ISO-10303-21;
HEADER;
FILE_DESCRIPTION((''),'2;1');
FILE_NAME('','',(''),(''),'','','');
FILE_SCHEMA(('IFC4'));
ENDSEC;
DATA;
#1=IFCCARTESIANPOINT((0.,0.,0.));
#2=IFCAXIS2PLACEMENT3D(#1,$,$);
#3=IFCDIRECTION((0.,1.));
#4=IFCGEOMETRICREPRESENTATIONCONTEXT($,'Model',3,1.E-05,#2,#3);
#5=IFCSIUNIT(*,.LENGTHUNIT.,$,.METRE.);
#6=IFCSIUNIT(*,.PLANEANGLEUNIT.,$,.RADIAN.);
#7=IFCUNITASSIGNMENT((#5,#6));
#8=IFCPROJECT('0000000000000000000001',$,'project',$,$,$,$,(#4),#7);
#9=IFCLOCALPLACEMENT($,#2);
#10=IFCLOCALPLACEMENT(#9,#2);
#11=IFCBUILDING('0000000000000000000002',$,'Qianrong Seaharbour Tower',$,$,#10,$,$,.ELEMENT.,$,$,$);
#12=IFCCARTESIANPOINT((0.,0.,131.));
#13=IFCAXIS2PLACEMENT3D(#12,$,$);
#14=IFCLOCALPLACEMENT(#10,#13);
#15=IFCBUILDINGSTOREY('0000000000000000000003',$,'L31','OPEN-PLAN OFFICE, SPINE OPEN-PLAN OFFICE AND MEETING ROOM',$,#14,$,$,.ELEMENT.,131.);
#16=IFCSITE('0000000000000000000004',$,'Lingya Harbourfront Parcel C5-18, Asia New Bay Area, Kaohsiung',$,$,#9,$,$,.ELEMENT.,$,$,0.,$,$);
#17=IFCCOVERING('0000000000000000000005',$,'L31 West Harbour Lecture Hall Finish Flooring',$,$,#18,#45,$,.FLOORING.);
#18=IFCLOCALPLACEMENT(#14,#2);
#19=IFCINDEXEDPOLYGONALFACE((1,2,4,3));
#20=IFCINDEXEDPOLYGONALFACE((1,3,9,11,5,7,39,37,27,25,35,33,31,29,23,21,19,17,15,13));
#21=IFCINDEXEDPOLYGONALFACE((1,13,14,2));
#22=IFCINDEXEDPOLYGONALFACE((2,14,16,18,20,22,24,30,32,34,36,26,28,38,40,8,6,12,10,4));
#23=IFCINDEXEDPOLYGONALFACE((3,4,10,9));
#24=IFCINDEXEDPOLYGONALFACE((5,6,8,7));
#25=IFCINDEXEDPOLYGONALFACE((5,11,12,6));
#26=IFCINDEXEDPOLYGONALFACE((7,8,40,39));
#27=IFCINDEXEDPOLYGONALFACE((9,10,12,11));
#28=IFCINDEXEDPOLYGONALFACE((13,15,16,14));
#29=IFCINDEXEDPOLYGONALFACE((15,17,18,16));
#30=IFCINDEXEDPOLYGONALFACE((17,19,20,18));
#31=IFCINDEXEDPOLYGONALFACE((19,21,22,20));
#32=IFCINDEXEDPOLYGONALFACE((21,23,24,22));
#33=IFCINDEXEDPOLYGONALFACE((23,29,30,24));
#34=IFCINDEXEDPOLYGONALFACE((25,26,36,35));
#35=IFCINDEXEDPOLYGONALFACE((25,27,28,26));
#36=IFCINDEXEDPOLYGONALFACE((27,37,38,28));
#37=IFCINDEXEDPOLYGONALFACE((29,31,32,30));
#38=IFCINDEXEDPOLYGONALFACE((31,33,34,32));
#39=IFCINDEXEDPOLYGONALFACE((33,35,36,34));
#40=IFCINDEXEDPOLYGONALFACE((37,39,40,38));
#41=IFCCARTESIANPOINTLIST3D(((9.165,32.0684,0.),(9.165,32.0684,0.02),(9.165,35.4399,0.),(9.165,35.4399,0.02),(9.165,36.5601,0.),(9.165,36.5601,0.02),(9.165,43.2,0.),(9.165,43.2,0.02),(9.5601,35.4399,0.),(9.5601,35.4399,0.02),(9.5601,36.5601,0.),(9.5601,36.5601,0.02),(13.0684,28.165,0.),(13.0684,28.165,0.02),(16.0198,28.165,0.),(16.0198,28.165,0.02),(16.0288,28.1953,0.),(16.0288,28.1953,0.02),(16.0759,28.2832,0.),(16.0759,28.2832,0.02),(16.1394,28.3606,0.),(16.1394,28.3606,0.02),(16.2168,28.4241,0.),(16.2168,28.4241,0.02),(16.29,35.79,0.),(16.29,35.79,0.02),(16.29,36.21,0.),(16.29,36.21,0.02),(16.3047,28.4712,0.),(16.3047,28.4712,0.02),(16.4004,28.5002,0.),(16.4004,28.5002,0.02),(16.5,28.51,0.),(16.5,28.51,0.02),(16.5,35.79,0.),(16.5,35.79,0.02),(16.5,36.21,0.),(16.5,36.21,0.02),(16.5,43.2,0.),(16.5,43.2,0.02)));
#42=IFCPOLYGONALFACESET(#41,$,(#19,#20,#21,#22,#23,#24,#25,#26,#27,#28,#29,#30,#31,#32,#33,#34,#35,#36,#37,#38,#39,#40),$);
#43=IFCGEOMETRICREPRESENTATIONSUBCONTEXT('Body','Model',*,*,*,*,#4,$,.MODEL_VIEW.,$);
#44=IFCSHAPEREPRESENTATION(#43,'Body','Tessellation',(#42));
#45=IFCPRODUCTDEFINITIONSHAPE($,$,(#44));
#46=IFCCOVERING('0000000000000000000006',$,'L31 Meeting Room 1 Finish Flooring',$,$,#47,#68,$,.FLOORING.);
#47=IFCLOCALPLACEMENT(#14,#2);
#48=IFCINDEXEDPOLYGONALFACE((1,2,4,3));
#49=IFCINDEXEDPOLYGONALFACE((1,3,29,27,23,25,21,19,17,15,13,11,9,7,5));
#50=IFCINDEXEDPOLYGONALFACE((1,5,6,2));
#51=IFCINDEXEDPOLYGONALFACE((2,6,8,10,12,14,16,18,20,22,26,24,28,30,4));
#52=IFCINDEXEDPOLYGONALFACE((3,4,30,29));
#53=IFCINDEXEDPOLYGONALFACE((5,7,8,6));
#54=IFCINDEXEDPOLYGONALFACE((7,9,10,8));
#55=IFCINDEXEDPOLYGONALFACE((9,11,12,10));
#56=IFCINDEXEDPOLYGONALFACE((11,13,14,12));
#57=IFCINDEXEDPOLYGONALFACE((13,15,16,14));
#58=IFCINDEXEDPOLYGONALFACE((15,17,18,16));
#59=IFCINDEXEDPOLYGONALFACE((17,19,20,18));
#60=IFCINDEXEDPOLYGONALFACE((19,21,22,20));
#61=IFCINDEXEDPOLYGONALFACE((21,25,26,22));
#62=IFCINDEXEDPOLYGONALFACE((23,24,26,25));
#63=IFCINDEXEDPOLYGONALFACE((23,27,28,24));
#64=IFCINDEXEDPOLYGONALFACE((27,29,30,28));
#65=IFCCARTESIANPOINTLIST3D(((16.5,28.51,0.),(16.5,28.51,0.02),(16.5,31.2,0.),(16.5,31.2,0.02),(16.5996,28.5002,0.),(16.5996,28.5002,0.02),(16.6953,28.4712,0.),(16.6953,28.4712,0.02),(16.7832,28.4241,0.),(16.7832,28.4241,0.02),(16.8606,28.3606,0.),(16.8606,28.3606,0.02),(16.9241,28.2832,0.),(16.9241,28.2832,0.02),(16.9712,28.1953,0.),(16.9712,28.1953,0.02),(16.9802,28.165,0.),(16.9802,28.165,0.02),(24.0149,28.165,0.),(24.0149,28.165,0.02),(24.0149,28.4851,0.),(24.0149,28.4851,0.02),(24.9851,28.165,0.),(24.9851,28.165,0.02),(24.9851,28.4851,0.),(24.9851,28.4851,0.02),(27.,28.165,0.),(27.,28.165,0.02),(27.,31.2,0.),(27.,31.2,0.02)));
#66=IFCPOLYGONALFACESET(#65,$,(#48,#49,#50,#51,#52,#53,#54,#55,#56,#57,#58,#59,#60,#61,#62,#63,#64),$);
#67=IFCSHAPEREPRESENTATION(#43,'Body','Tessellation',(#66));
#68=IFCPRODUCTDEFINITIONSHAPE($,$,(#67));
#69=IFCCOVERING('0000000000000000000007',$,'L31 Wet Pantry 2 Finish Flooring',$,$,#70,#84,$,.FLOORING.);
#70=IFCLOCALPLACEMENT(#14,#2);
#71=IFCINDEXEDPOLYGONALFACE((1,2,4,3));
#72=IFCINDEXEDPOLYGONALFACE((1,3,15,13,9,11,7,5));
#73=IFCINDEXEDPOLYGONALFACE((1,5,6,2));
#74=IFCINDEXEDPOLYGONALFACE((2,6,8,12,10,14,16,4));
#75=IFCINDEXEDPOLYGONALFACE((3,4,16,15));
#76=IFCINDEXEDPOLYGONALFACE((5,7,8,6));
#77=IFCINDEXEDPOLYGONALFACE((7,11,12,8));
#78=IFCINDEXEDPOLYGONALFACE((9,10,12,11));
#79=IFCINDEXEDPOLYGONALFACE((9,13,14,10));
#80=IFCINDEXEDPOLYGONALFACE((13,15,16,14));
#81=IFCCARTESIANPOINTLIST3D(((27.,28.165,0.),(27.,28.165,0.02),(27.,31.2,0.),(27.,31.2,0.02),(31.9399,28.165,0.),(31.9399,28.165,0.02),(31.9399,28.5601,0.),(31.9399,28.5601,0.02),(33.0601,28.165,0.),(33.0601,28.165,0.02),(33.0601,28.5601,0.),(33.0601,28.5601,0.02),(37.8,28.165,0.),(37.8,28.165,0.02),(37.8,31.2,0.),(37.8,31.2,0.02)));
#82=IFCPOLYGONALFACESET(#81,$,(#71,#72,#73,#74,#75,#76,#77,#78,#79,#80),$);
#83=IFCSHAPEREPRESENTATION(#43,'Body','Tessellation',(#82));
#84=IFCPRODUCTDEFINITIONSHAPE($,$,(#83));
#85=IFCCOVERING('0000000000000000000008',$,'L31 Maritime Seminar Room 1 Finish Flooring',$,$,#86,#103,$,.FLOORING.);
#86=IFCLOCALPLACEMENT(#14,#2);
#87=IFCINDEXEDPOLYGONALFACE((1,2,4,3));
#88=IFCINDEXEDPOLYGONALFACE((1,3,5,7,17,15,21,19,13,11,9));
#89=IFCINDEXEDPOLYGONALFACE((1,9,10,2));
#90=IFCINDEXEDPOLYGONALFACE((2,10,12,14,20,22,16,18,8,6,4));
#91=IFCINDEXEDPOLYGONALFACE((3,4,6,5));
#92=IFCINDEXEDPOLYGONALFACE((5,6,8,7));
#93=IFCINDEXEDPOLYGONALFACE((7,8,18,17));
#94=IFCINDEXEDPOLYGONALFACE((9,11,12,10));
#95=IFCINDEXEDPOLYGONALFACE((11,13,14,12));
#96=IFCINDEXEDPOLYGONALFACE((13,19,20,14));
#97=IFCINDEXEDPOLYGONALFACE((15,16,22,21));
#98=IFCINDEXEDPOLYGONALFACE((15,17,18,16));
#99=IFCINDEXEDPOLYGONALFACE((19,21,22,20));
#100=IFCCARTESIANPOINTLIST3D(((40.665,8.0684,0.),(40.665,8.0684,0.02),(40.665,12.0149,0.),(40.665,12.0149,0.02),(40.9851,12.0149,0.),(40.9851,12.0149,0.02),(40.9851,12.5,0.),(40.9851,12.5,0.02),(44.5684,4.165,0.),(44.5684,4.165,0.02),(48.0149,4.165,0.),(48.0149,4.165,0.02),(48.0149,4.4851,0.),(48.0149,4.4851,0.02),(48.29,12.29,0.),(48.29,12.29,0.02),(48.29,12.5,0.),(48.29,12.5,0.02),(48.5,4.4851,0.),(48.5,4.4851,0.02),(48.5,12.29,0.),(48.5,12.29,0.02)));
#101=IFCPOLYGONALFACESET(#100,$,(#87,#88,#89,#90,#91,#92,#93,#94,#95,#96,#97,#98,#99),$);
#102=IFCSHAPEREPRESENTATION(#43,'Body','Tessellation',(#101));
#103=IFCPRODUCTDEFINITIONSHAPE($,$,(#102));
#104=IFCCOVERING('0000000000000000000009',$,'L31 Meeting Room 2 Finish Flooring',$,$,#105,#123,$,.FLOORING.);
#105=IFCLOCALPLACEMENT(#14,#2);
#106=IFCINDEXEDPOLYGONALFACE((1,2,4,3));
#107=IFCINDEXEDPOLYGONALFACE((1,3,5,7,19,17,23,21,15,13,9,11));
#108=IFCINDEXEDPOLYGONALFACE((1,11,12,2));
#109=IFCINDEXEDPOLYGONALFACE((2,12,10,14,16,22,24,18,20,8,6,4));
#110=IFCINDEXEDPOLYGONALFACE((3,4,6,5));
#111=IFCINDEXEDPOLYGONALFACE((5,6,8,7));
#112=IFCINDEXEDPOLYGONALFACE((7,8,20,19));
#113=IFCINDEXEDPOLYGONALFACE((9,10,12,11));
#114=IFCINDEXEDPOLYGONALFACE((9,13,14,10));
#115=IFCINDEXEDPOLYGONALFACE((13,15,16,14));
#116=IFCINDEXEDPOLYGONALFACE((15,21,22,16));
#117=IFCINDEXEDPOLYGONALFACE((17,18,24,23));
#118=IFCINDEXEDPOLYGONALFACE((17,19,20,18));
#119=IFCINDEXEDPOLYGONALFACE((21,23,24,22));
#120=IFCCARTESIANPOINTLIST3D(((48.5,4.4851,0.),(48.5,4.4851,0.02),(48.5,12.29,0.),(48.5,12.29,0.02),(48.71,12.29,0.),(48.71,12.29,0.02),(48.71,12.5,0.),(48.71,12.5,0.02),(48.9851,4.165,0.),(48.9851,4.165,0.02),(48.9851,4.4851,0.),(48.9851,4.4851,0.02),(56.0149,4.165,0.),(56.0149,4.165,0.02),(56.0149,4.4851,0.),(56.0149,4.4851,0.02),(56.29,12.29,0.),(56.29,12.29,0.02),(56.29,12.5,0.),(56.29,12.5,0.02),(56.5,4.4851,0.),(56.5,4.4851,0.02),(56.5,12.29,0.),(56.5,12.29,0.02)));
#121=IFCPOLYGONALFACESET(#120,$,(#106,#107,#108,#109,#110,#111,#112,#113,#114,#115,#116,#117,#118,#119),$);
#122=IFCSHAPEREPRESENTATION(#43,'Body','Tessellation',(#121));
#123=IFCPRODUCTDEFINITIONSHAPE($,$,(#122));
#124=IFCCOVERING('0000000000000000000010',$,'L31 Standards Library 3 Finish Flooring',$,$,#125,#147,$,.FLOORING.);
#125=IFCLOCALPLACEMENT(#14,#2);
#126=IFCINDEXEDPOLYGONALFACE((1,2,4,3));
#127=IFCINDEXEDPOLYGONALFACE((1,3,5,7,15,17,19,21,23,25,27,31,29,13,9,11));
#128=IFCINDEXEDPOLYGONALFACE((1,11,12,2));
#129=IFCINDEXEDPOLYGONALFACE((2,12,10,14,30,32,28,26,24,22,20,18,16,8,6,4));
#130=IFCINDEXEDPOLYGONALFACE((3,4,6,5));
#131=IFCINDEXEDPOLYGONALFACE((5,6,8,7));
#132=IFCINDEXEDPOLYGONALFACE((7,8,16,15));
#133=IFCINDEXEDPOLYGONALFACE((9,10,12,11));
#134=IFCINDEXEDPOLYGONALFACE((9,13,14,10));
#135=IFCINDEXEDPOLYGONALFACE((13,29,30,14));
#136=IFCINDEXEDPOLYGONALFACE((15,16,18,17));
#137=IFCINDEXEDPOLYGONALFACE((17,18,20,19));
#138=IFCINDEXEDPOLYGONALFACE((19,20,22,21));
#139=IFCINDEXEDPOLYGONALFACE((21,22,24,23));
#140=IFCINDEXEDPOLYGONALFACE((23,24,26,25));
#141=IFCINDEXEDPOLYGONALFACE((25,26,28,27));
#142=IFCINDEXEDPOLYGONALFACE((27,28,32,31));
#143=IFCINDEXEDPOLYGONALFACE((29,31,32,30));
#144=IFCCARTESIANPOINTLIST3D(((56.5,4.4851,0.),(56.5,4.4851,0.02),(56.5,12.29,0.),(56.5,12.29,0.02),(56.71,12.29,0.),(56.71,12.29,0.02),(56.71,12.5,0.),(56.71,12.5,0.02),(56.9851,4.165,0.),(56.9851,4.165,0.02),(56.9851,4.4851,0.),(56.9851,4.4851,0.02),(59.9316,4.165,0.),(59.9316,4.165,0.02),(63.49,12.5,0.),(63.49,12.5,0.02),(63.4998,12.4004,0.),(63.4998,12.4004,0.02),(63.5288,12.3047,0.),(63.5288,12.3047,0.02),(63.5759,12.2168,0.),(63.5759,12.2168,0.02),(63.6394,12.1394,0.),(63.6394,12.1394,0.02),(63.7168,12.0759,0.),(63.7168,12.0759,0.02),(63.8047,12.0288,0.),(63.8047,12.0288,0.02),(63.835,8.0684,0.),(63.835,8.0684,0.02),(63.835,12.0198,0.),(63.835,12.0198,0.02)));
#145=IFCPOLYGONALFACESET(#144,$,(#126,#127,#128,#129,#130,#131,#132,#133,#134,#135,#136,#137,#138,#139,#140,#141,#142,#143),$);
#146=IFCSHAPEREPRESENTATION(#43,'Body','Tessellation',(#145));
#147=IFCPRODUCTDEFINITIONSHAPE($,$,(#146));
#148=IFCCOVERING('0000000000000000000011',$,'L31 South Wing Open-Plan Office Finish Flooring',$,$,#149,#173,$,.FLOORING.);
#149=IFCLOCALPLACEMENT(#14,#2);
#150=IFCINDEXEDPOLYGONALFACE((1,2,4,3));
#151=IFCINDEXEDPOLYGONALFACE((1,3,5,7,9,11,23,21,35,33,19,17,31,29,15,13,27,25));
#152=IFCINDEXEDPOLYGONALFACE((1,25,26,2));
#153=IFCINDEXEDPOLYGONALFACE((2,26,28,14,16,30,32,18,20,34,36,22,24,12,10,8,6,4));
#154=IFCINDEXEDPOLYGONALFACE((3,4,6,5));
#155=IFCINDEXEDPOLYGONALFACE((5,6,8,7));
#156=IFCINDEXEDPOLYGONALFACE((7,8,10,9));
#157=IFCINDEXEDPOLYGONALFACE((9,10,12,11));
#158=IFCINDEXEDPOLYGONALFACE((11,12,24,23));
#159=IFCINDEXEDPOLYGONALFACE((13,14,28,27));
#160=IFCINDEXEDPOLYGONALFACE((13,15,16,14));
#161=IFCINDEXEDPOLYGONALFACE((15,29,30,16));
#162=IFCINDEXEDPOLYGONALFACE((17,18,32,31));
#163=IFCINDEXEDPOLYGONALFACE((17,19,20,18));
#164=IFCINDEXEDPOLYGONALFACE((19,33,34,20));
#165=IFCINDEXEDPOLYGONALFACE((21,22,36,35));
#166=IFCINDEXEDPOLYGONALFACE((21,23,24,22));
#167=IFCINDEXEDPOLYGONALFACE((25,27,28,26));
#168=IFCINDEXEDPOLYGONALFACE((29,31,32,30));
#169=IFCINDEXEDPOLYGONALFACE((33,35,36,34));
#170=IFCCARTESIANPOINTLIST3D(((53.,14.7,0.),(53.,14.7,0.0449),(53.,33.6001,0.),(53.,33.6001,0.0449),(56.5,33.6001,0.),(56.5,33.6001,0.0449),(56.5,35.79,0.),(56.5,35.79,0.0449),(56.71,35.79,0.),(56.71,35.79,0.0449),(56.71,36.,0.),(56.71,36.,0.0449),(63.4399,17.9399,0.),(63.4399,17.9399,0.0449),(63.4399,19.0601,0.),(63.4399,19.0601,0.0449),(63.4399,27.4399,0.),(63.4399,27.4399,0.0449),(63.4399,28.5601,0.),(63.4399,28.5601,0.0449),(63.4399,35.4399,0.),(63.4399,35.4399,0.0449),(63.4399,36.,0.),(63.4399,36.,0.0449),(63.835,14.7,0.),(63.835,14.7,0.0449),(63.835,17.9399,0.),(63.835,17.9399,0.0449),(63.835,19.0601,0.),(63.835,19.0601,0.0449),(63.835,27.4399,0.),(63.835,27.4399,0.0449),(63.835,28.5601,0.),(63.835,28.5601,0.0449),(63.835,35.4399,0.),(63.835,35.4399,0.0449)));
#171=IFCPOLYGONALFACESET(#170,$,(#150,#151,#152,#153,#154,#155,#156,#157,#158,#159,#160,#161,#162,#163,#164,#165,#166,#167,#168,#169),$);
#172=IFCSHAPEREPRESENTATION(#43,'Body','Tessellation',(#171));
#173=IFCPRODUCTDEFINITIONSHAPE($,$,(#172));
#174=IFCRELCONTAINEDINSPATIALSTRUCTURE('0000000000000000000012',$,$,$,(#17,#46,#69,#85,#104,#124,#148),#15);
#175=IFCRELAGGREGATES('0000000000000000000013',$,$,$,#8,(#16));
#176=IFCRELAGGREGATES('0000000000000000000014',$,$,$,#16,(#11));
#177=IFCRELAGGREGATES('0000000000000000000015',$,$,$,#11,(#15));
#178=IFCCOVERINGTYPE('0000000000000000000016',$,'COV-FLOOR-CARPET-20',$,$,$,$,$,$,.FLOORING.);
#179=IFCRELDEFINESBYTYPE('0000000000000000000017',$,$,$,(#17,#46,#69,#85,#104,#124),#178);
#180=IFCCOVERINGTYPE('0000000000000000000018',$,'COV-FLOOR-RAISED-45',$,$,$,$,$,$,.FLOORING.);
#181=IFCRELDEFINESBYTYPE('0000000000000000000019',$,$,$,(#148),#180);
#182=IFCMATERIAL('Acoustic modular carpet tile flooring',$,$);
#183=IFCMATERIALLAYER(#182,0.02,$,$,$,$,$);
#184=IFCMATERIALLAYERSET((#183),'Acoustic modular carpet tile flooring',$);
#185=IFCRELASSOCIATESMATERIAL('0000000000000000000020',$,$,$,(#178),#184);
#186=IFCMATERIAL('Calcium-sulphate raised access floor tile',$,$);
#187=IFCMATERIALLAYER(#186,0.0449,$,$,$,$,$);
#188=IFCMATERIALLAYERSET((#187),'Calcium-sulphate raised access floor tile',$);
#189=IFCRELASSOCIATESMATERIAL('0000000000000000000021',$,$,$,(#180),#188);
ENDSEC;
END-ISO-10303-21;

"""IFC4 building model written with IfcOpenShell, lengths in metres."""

from ifc_helpers import new_model, si_unit, direction, frame, origin, place, context, subcontext, project, spatial, polyline, outline, extrude, material, layer, layer_set, type_object, element, save


model = new_model("IFC4")

# Units and contexts
model_context = context("Model", 3, precision=1e-05, world=origin(), true_north=direction((0.0, 1.0)))
body_context = subcontext(model_context, "Body", "Model", "MODEL_VIEW")
ifc_project = project(units=[si_unit("LENGTHUNIT", "METRE"), si_unit("PLANEANGLEUNIT", "RADIAN")], contexts=[model_context])

# Site, building, storey
site_placement = place(None, origin())
site = spatial("IfcSite", under=ifc_project, at=site_placement, Name="Lingya Harbourfront Parcel C5-18, Asia New Bay Area, Kaohsiung", CompositionType="ELEMENT", RefElevation=0.0)
building_placement = place(site_placement, origin())
building = spatial("IfcBuilding", under=site, at=building_placement, Name="Qianrong Seaharbour Tower", CompositionType="ELEMENT")
storey_placement = place(building_placement, frame((0.0, 0.0, 131.0)))
storey = spatial("IfcBuildingStorey", under=building, at=storey_placement, Name="L31", Description="OPEN-PLAN OFFICE, SPINE OPEN-PLAN OFFICE AND MEETING ROOM", CompositionType="ELEMENT", Elevation=131.0)

# Coverings
ifc_material_1 = material(Name="Acoustic modular carpet tile flooring")
ifc_layer_1 = layer(ifc_material_1, 0.02)
ifc_layer_set_1 = layer_set([ifc_layer_1], Name="Acoustic modular carpet tile flooring")
covering_type_1 = type_object("IfcCoveringType", Name="COV-FLOOR-CARPET-20", PredefinedType="FLOORING", material=ifc_layer_set_1)
covering_1_placement = place(storey_placement, origin())
element("IfcCovering", 1, at=covering_1_placement, inside=storey, type_object=covering_type_1, Name="L31 West Harbour Lecture Hall Finish Flooring", PredefinedType="FLOORING", context=body_context, shape_type="SweptSolid", body=[
    extrude(outline(polyline([(13.0684, 28.165), (9.165, 32.0684), (9.165, 35.4399), (9.5601, 35.4399), (9.5601, 36.5601), (9.165, 36.5601), (9.165, 43.2), (16.5, 43.2), (16.5, 36.21), (16.29, 36.21), (16.29, 35.79), (16.5, 35.79), (16.5, 28.51), (16.4004, 28.5002), (16.3047, 28.4712), (16.2168, 28.4241), (16.1394, 28.3606), (16.0759, 28.2832), (16.0288, 28.1953), (16.0198, 28.165), (13.0684, 28.165)])), origin(), (0.0, 0.0, 1.0), 0.02),
])
covering_2_placement = place(storey_placement, origin())
element("IfcCovering", 2, at=covering_2_placement, inside=storey, type_object=covering_type_1, Name="L31 Meeting Room 1 Finish Flooring", PredefinedType="FLOORING", context=body_context, shape_type="SweptSolid", body=[
    extrude(outline(polyline([(27.0, 28.165), (24.9851, 28.165), (24.9851, 28.4851), (24.0149, 28.4851), (24.0149, 28.165), (16.9802, 28.165), (16.9712, 28.1953), (16.9241, 28.2832), (16.8606, 28.3606), (16.7832, 28.4241), (16.6953, 28.4712), (16.5996, 28.5002), (16.5, 28.51), (16.5, 31.2), (27.0, 31.2), (27.0, 28.165)])), origin(), (0.0, 0.0, 1.0), 0.02),
])
covering_3_placement = place(storey_placement, origin())
element("IfcCovering", 3, at=covering_3_placement, inside=storey, type_object=covering_type_1, Name="L31 Wet Pantry 2 Finish Flooring", PredefinedType="FLOORING", context=body_context, shape_type="SweptSolid", body=[
    extrude(outline(polyline([(37.8, 28.165), (33.0601, 28.165), (33.0601, 28.5601), (31.9399, 28.5601), (31.9399, 28.165), (27.0, 28.165), (27.0, 31.2), (37.8, 31.2), (37.8, 28.165)])), origin(), (0.0, 0.0, 1.0), 0.02),
])
covering_4_placement = place(storey_placement, origin())
element("IfcCovering", 4, at=covering_4_placement, inside=storey, type_object=covering_type_1, Name="L31 Maritime Seminar Room 1 Finish Flooring", PredefinedType="FLOORING", context=body_context, shape_type="SweptSolid", body=[
    extrude(outline(polyline([(44.5684, 4.165), (40.665, 8.0684), (40.665, 12.0149), (40.9851, 12.0149), (40.9851, 12.5), (48.29, 12.5), (48.29, 12.29), (48.5, 12.29), (48.5, 4.4851), (48.0149, 4.4851), (48.0149, 4.165), (44.5684, 4.165)])), origin(), (0.0, 0.0, 1.0), 0.02),
])
covering_5_placement = place(storey_placement, origin())
element("IfcCovering", 5, at=covering_5_placement, inside=storey, type_object=covering_type_1, Name="L31 Meeting Room 2 Finish Flooring", PredefinedType="FLOORING", context=body_context, shape_type="SweptSolid", body=[
    extrude(outline(polyline([(56.5, 4.4851), (56.0149, 4.4851), (56.0149, 4.165), (48.9851, 4.165), (48.9851, 4.4851), (48.5, 4.4851), (48.5, 12.29), (48.71, 12.29), (48.71, 12.5), (56.29, 12.5), (56.29, 12.29), (56.5, 12.29), (56.5, 4.4851)])), origin(), (0.0, 0.0, 1.0), 0.02),
])
covering_6_placement = place(storey_placement, origin())
element("IfcCovering", 6, at=covering_6_placement, inside=storey, type_object=covering_type_1, Name="L31 Standards Library 3 Finish Flooring", PredefinedType="FLOORING", context=body_context, shape_type="SweptSolid", body=[
    extrude(outline(polyline([(63.835, 8.0684), (59.9316, 4.165), (56.9851, 4.165), (56.9851, 4.4851), (56.5, 4.4851), (56.5, 12.29), (56.71, 12.29), (56.71, 12.5), (63.49, 12.5), (63.4998, 12.4004), (63.5288, 12.3047), (63.5759, 12.2168), (63.6394, 12.1394), (63.7168, 12.0759), (63.8047, 12.0288), (63.835, 12.0198), (63.835, 8.0684)])), origin(), (0.0, 0.0, 1.0), 0.02),
])
ifc_material_2 = material(Name="Calcium-sulphate raised access floor tile")
ifc_layer_2 = layer(ifc_material_2, 0.0449)
ifc_layer_set_2 = layer_set([ifc_layer_2], Name="Calcium-sulphate raised access floor tile")
covering_type_2 = type_object("IfcCoveringType", Name="COV-FLOOR-RAISED-45", PredefinedType="FLOORING", material=ifc_layer_set_2)
covering_7_placement = place(storey_placement, origin())
element("IfcCovering", 7, at=covering_7_placement, inside=storey, type_object=covering_type_2, Name="L31 South Wing Open-Plan Office Finish Flooring", PredefinedType="FLOORING", context=body_context, shape_type="SweptSolid", body=[
    extrude(outline(polyline([(56.5, 33.6001), (56.5, 35.79), (56.71, 35.79), (56.71, 36.0), (63.4399, 36.0), (63.4399, 35.4399), (63.835, 35.4399), (63.835, 28.5601), (63.4399, 28.5601), (63.4399, 27.4399), (63.835, 27.4399), (63.835, 19.0601), (63.4399, 19.0601), (63.4399, 17.9399), (63.835, 17.9399), (63.835, 14.7), (53.0, 14.7), (53.0, 33.6001), (56.5, 33.6001)])), origin(), (0.0, 0.0, 1.0), 0.0449),
])

save(model, "model.ifc")
